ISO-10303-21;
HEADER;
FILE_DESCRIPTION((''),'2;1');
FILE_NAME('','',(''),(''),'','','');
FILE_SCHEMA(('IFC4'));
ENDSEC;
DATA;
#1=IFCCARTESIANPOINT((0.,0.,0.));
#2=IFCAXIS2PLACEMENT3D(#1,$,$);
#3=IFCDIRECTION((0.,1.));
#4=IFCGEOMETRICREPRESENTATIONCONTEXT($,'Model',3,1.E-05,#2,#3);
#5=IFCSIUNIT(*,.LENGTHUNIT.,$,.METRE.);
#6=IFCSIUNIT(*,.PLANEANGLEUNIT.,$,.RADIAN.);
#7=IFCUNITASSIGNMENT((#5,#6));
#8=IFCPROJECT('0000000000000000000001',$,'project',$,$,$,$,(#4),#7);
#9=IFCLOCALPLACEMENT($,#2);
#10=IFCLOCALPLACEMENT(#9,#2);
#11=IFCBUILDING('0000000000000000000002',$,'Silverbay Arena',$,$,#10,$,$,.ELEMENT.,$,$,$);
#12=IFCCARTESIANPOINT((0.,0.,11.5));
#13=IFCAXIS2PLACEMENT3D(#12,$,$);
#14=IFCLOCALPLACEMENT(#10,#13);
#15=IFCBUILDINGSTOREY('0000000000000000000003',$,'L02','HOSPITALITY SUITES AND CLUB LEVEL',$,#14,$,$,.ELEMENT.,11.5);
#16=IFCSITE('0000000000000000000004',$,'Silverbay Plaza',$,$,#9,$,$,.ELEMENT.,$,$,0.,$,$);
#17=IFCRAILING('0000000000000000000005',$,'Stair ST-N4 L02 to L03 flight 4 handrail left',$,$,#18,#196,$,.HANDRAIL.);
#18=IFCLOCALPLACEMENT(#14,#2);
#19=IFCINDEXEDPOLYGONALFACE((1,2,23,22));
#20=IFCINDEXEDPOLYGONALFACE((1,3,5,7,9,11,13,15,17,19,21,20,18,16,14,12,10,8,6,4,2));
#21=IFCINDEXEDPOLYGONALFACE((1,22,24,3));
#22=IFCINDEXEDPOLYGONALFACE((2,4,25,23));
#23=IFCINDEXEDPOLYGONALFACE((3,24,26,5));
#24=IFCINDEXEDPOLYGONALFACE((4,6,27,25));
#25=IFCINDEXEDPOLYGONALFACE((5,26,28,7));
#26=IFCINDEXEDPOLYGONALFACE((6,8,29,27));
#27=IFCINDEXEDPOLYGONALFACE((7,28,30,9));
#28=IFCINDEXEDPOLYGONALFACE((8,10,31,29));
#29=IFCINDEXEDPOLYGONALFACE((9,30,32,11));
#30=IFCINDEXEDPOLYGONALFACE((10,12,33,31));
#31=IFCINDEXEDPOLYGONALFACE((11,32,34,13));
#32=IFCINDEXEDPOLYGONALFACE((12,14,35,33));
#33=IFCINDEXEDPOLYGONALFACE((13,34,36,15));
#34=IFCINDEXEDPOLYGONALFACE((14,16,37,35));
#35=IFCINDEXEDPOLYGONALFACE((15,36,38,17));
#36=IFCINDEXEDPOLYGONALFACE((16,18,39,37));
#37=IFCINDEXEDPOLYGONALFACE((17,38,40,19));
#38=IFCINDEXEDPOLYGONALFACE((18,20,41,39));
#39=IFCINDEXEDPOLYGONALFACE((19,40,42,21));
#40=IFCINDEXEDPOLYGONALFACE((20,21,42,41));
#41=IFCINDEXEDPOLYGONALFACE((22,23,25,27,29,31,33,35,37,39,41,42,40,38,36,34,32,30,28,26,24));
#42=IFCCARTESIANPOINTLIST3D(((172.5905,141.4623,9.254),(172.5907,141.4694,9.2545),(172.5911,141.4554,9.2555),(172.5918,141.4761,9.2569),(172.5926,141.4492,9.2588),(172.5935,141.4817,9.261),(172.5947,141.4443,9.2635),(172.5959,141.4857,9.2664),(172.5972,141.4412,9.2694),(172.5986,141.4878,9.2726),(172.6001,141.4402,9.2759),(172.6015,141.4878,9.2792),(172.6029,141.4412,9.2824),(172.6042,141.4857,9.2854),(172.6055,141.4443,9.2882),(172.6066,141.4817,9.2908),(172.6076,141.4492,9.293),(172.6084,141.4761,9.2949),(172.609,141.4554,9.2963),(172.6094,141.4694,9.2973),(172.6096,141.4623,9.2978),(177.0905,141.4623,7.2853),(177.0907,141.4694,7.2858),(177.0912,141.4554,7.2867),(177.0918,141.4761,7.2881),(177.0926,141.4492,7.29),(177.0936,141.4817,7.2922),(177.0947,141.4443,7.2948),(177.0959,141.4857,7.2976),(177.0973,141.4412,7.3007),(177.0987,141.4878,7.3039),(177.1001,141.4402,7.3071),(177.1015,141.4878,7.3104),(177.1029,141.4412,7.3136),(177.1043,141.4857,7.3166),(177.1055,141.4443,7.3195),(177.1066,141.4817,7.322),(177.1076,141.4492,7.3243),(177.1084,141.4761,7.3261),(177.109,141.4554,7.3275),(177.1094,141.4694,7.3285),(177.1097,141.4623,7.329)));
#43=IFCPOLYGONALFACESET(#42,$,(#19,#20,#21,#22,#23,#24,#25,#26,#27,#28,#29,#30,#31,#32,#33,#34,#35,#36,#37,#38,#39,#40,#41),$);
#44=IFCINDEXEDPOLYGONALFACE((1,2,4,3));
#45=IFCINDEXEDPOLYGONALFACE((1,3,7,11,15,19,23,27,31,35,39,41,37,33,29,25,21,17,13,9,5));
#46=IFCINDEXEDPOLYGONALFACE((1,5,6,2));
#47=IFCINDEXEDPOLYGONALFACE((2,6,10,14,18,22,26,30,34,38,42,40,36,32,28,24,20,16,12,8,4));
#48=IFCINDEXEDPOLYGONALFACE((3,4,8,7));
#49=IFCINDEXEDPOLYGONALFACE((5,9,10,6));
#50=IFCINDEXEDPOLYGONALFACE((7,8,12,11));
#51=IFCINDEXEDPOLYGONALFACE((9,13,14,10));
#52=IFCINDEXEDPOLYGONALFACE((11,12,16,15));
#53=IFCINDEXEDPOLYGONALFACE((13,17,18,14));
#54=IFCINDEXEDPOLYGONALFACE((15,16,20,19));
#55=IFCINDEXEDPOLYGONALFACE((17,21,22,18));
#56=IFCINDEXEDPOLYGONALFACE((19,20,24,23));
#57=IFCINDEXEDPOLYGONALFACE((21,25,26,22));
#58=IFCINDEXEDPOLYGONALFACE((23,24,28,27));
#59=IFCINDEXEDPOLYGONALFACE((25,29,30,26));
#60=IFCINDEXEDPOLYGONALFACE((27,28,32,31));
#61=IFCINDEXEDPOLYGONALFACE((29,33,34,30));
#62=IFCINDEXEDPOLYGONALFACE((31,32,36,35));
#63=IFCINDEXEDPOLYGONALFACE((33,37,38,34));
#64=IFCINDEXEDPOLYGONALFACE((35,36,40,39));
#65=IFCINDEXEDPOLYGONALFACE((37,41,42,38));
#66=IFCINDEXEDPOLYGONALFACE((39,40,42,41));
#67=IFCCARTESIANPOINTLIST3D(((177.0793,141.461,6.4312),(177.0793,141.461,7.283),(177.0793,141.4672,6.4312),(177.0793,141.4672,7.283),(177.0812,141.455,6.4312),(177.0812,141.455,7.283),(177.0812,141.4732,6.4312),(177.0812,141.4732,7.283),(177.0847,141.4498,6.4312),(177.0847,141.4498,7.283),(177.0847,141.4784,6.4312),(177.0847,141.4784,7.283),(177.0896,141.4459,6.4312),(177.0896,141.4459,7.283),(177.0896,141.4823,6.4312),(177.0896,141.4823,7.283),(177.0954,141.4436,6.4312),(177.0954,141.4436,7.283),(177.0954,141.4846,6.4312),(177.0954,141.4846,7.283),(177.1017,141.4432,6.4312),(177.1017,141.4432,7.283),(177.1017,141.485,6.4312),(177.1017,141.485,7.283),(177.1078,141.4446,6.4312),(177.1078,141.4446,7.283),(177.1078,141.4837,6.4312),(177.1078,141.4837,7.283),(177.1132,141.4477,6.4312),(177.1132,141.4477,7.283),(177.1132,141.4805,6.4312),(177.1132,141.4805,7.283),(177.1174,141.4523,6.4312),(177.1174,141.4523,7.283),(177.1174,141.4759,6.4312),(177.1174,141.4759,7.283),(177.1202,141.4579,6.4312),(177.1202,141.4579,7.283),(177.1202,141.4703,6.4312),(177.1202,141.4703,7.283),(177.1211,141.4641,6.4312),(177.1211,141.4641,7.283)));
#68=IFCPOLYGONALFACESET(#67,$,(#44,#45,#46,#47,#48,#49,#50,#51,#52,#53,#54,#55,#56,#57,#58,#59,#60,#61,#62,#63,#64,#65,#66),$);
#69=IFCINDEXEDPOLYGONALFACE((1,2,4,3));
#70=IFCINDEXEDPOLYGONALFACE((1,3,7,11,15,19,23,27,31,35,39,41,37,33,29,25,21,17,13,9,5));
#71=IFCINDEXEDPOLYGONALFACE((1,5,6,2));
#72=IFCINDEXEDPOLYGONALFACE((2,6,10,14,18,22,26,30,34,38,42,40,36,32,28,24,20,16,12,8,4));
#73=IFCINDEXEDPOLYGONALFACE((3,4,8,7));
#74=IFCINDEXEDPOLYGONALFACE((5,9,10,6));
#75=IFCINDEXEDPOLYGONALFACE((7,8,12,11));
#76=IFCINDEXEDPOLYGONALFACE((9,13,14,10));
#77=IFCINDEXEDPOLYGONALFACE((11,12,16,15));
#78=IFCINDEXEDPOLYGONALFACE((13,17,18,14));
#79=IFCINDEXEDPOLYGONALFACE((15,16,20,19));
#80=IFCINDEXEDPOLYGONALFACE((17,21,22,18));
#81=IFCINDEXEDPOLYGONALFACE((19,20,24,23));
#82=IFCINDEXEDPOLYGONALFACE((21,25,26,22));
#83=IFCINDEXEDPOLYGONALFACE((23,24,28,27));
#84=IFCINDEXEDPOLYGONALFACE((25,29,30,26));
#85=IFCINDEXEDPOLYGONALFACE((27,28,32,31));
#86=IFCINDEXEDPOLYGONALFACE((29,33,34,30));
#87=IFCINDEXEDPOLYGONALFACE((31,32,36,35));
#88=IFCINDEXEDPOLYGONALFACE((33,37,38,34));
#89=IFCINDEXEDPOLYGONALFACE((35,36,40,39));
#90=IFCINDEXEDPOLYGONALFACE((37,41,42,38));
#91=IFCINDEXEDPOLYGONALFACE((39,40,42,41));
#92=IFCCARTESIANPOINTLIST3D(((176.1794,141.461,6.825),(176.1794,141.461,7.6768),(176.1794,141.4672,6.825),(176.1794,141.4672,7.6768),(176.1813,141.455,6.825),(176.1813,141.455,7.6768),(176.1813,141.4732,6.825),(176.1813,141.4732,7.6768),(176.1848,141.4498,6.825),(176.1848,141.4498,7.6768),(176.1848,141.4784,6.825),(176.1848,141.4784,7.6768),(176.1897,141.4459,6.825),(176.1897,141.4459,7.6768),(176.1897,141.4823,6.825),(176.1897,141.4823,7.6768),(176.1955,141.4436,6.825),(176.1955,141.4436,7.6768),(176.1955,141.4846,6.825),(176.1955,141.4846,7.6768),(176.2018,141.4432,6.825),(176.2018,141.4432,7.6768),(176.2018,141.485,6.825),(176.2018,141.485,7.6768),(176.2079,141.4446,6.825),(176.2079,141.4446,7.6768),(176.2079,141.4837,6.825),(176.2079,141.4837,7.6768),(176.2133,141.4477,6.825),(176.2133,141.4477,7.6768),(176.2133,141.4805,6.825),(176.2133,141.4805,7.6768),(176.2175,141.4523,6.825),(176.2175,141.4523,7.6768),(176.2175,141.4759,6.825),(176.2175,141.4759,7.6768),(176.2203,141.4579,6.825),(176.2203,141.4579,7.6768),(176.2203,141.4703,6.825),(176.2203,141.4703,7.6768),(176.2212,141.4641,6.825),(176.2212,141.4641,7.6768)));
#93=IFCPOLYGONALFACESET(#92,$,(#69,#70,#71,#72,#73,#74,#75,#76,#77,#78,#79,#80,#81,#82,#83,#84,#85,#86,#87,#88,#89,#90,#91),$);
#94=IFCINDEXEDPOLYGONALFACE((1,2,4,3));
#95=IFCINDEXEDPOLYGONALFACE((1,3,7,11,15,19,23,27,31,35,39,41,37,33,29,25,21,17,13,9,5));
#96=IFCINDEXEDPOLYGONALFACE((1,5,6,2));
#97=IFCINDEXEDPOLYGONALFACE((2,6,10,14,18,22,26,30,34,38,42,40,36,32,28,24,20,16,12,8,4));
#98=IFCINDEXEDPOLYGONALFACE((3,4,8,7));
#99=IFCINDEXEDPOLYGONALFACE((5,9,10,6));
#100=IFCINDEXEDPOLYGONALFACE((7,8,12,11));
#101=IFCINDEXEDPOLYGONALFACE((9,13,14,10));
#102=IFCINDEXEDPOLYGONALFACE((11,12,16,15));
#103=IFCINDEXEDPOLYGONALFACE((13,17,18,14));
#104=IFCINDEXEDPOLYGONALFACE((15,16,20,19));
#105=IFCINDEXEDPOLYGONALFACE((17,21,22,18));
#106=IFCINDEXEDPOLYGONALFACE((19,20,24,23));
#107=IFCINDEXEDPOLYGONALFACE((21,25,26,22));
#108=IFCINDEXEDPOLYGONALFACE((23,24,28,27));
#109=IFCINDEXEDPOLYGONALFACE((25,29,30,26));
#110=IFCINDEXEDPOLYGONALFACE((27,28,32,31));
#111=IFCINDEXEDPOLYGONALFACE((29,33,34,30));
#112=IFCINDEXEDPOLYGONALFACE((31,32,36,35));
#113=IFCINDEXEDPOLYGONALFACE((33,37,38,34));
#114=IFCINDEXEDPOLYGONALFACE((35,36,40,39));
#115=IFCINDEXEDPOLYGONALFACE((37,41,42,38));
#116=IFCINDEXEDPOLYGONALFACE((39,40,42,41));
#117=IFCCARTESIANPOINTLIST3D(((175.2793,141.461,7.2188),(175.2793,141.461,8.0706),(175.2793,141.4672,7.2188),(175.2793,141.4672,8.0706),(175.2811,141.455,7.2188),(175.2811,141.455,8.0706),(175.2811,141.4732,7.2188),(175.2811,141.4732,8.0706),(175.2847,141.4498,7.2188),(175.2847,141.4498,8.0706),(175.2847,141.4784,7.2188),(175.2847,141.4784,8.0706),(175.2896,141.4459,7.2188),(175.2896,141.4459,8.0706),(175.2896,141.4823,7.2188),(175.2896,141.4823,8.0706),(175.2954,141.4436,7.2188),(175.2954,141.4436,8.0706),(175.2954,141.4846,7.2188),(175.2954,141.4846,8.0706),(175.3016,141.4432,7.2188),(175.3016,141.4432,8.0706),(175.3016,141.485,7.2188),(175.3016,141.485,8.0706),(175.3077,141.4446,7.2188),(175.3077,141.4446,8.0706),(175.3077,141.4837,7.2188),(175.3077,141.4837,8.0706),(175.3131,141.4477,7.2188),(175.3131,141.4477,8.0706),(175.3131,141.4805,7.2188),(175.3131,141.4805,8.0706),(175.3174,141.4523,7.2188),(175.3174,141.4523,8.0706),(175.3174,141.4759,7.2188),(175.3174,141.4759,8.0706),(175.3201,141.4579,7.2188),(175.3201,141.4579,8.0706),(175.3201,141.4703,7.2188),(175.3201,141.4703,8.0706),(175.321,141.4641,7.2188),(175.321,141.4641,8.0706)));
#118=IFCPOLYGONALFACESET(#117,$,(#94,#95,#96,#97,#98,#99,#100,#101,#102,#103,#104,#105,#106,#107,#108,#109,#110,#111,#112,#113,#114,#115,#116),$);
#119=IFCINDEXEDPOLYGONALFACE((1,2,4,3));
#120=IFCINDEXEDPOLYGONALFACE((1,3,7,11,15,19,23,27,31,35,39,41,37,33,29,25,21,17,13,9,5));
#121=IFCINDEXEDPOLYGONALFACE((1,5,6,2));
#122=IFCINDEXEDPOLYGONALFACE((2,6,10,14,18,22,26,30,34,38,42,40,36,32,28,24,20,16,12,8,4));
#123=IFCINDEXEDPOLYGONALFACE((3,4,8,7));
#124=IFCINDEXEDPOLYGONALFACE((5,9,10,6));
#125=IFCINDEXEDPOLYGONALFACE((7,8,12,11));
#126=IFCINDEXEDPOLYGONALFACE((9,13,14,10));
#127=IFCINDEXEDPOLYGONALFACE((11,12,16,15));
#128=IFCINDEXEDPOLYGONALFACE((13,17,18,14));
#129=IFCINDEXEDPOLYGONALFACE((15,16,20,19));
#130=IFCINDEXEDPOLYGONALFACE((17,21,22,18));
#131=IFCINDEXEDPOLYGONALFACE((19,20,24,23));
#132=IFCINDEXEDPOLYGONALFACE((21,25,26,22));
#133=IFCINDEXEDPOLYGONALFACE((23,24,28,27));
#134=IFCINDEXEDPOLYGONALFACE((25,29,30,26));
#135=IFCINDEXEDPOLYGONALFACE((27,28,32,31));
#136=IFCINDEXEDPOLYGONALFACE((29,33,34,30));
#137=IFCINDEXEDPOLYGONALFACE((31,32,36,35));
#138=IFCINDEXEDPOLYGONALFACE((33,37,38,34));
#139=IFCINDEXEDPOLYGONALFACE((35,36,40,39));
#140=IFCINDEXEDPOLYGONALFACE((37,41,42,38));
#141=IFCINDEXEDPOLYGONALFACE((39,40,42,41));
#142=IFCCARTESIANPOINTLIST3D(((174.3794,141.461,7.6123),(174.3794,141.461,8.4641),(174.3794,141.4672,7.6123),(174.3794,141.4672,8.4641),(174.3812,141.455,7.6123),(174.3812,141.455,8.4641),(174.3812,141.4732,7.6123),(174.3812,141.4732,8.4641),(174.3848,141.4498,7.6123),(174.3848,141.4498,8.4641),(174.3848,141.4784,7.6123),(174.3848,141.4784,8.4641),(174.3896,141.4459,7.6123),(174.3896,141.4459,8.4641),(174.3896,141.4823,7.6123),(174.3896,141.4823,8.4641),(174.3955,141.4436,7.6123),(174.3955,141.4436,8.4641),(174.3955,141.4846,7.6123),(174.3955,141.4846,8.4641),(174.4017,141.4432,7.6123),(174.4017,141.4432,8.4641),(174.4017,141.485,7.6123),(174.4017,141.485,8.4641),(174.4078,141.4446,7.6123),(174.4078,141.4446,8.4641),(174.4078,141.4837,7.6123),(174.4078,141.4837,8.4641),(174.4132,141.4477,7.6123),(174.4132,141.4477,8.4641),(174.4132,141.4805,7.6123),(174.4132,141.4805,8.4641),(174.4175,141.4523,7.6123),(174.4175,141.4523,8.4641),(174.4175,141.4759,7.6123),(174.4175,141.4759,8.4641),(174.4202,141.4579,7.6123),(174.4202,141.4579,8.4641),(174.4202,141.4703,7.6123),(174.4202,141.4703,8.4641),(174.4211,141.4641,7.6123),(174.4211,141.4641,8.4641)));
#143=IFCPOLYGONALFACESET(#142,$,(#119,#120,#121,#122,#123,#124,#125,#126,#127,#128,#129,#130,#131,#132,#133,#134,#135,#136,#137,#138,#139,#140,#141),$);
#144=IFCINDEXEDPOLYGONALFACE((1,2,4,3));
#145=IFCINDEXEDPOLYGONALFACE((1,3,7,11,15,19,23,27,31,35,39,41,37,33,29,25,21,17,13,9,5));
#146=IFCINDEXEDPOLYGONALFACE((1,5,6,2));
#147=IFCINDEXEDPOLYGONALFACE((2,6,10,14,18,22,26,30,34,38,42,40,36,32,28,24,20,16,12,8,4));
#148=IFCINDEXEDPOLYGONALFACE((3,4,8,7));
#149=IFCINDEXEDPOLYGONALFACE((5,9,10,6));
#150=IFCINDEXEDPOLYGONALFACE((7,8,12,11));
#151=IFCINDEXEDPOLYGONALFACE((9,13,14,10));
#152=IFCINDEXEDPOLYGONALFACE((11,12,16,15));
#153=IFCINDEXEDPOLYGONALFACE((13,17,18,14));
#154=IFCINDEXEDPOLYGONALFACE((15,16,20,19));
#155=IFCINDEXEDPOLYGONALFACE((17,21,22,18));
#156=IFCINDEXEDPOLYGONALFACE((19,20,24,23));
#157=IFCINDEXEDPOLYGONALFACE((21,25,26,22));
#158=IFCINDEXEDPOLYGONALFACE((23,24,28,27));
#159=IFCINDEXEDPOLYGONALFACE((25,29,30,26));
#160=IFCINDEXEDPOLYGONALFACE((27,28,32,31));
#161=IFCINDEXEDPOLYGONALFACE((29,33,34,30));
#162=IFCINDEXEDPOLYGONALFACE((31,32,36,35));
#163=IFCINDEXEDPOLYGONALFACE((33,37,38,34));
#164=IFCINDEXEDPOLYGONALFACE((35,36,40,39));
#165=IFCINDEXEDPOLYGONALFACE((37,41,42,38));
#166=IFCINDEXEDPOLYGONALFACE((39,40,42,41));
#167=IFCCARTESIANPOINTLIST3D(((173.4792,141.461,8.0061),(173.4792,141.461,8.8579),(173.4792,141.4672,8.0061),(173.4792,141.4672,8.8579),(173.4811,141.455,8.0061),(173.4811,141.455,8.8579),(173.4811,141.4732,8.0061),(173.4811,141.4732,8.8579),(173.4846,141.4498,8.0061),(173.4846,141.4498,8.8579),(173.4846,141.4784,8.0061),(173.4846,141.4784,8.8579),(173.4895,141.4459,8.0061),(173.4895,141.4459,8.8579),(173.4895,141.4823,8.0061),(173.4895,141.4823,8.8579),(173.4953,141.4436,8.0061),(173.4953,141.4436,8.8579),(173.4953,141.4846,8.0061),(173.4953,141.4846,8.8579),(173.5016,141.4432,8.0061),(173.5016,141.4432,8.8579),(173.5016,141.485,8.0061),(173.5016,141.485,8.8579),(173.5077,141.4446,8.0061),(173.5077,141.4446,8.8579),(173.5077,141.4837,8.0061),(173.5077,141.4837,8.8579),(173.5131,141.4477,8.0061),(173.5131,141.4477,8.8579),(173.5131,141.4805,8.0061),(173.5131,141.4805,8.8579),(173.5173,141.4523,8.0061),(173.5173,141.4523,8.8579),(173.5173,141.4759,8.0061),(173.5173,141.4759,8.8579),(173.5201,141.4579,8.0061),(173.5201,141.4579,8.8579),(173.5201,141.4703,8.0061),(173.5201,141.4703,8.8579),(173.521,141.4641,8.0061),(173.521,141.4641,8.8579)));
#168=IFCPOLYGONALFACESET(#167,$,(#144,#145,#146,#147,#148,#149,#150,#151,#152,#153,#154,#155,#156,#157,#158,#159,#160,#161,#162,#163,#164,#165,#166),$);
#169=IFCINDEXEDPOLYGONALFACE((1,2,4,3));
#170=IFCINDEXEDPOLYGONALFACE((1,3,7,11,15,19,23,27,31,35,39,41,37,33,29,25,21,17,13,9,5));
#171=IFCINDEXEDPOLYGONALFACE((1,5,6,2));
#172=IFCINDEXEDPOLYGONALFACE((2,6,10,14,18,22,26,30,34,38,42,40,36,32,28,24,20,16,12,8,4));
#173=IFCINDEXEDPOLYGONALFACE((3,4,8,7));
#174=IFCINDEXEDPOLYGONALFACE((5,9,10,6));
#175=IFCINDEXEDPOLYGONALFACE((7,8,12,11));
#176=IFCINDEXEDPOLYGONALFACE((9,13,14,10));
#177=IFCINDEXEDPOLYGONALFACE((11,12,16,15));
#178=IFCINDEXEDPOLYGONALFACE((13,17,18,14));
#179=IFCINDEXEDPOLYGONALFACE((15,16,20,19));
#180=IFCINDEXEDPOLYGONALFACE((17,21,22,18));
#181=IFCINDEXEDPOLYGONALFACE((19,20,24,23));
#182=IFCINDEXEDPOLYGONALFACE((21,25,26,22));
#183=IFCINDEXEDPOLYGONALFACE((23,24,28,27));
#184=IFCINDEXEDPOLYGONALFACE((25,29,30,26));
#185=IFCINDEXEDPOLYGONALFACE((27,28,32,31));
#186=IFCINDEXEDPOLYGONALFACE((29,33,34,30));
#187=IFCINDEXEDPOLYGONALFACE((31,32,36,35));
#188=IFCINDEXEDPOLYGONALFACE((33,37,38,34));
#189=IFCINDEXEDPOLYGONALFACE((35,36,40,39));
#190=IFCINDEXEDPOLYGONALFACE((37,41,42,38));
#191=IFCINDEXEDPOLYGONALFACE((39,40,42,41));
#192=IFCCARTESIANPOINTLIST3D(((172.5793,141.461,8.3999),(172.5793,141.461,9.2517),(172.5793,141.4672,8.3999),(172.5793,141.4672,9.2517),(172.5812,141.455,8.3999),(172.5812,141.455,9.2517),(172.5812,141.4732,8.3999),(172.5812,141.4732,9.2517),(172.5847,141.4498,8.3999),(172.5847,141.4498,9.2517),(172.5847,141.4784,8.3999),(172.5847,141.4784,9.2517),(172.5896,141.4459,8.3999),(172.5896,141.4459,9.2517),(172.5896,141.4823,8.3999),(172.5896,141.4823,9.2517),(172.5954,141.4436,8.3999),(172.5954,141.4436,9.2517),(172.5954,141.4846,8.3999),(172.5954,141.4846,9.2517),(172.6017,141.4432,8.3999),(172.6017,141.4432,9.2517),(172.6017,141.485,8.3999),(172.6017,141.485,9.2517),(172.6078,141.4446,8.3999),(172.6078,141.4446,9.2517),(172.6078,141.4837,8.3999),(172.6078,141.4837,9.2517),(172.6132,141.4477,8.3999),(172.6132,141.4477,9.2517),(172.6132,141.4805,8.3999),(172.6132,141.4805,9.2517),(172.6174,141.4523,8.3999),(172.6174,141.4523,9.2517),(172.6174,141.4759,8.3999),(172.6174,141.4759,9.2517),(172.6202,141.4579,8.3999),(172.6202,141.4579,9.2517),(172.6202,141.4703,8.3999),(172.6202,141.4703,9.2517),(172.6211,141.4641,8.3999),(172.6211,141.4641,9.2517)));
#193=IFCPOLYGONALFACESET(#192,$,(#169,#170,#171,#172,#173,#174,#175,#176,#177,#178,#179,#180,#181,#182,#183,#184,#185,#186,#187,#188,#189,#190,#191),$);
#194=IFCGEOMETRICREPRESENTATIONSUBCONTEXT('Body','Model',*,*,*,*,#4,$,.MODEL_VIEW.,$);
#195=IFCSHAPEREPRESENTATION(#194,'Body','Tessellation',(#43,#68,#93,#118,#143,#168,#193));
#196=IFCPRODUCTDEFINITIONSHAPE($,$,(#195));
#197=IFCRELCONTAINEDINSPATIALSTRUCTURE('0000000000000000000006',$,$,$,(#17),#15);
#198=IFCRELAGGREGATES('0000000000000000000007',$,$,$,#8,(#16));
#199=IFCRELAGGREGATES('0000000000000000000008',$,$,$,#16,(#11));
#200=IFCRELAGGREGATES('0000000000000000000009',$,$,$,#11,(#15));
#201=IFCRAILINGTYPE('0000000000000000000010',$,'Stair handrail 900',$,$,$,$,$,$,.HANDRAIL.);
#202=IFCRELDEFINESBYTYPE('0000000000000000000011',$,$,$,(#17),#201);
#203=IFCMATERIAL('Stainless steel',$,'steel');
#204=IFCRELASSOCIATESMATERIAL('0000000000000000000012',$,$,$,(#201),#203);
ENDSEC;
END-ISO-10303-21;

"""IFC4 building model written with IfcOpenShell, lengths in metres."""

from ifc_helpers import new_model, si_unit, direction, frame, origin, origin_2d, place, context, subcontext, project, spatial, circle, extrude, material, type_object, element, save


model = new_model("IFC4")

# Units and contexts
model_context = context("Model", 3, precision=1e-05, world=origin(), true_north=direction((0.0, 1.0)))
body_context = subcontext(model_context, "Body", "Model", "MODEL_VIEW")
ifc_project = project(units=[si_unit("LENGTHUNIT", "METRE"), si_unit("PLANEANGLEUNIT", "RADIAN")], contexts=[model_context])

# Site, building, storey
site_placement = place(None, origin())
site = spatial("IfcSite", under=ifc_project, at=site_placement, Name="Silverbay Plaza", CompositionType="ELEMENT", RefElevation=0.0)
building_placement = place(site_placement, origin())
building = spatial("IfcBuilding", under=site, at=building_placement, Name="Silverbay Arena", CompositionType="ELEMENT")
storey_placement = place(building_placement, frame((0.0, 0.0, 11.5)))
storey = spatial("IfcBuildingStorey", under=building, at=storey_placement, Name="L02", Description="HOSPITALITY SUITES AND CLUB LEVEL", CompositionType="ELEMENT", Elevation=11.5)

# Railing
ifc_material_1 = material(Name="Stainless steel", Category="steel")
railing_type_1 = type_object("IfcRailingType", Name="Stair handrail 900", PredefinedType="HANDRAIL", material=ifc_material_1)
for number, where, name in (
    (1, (177.1001, 141.4641, 6.4312), "Stair ST-N4 L02 to L03 flight 4 handrail left"),
):
    element("IfcRailing", number, at=place(storey_placement, frame(where)), inside=storey, type_object=railing_type_1, Name=name, PredefinedType="HANDRAIL", context=body_context, shape_type="SweptSolid", body=[
        extrude(circle(Radius=0.0239, at=origin_2d()), frame((0.0, 0.0, 0.876), z_axis=(-0.916157, 0.0, 0.400819), x_axis=(0.0, -1.0, 0.0)), (0.0, 0.0, 1.0), 4.9119),
        extrude(circle(Radius=0.021, at=origin_2d()), origin(), (0.0, 0.0, 1.0), 0.8518),
        extrude(circle(Radius=0.021, at=origin_2d()), frame((-0.8999, 0.0, 0.3938)), (0.0, 0.0, 1.0), 0.8518),
        extrude(circle(Radius=0.021, at=origin_2d()), frame((-1.8, 0.0, 0.7876)), (0.0, 0.0, 1.0), 0.8518),
        extrude(circle(Radius=0.021, at=origin_2d()), frame((-2.7, 0.0, 1.1812)), (0.0, 0.0, 1.0), 0.8518),
        extrude(circle(Radius=0.021, at=origin_2d()), frame((-3.6001, 0.0, 1.575)), (0.0, 0.0, 1.0), 0.8518),
        extrude(circle(Radius=0.021, at=origin_2d()), frame((-4.5, 0.0, 1.9688)), (0.0, 0.0, 1.0), 0.8518),
    ])

save(model, "model.ifc")
